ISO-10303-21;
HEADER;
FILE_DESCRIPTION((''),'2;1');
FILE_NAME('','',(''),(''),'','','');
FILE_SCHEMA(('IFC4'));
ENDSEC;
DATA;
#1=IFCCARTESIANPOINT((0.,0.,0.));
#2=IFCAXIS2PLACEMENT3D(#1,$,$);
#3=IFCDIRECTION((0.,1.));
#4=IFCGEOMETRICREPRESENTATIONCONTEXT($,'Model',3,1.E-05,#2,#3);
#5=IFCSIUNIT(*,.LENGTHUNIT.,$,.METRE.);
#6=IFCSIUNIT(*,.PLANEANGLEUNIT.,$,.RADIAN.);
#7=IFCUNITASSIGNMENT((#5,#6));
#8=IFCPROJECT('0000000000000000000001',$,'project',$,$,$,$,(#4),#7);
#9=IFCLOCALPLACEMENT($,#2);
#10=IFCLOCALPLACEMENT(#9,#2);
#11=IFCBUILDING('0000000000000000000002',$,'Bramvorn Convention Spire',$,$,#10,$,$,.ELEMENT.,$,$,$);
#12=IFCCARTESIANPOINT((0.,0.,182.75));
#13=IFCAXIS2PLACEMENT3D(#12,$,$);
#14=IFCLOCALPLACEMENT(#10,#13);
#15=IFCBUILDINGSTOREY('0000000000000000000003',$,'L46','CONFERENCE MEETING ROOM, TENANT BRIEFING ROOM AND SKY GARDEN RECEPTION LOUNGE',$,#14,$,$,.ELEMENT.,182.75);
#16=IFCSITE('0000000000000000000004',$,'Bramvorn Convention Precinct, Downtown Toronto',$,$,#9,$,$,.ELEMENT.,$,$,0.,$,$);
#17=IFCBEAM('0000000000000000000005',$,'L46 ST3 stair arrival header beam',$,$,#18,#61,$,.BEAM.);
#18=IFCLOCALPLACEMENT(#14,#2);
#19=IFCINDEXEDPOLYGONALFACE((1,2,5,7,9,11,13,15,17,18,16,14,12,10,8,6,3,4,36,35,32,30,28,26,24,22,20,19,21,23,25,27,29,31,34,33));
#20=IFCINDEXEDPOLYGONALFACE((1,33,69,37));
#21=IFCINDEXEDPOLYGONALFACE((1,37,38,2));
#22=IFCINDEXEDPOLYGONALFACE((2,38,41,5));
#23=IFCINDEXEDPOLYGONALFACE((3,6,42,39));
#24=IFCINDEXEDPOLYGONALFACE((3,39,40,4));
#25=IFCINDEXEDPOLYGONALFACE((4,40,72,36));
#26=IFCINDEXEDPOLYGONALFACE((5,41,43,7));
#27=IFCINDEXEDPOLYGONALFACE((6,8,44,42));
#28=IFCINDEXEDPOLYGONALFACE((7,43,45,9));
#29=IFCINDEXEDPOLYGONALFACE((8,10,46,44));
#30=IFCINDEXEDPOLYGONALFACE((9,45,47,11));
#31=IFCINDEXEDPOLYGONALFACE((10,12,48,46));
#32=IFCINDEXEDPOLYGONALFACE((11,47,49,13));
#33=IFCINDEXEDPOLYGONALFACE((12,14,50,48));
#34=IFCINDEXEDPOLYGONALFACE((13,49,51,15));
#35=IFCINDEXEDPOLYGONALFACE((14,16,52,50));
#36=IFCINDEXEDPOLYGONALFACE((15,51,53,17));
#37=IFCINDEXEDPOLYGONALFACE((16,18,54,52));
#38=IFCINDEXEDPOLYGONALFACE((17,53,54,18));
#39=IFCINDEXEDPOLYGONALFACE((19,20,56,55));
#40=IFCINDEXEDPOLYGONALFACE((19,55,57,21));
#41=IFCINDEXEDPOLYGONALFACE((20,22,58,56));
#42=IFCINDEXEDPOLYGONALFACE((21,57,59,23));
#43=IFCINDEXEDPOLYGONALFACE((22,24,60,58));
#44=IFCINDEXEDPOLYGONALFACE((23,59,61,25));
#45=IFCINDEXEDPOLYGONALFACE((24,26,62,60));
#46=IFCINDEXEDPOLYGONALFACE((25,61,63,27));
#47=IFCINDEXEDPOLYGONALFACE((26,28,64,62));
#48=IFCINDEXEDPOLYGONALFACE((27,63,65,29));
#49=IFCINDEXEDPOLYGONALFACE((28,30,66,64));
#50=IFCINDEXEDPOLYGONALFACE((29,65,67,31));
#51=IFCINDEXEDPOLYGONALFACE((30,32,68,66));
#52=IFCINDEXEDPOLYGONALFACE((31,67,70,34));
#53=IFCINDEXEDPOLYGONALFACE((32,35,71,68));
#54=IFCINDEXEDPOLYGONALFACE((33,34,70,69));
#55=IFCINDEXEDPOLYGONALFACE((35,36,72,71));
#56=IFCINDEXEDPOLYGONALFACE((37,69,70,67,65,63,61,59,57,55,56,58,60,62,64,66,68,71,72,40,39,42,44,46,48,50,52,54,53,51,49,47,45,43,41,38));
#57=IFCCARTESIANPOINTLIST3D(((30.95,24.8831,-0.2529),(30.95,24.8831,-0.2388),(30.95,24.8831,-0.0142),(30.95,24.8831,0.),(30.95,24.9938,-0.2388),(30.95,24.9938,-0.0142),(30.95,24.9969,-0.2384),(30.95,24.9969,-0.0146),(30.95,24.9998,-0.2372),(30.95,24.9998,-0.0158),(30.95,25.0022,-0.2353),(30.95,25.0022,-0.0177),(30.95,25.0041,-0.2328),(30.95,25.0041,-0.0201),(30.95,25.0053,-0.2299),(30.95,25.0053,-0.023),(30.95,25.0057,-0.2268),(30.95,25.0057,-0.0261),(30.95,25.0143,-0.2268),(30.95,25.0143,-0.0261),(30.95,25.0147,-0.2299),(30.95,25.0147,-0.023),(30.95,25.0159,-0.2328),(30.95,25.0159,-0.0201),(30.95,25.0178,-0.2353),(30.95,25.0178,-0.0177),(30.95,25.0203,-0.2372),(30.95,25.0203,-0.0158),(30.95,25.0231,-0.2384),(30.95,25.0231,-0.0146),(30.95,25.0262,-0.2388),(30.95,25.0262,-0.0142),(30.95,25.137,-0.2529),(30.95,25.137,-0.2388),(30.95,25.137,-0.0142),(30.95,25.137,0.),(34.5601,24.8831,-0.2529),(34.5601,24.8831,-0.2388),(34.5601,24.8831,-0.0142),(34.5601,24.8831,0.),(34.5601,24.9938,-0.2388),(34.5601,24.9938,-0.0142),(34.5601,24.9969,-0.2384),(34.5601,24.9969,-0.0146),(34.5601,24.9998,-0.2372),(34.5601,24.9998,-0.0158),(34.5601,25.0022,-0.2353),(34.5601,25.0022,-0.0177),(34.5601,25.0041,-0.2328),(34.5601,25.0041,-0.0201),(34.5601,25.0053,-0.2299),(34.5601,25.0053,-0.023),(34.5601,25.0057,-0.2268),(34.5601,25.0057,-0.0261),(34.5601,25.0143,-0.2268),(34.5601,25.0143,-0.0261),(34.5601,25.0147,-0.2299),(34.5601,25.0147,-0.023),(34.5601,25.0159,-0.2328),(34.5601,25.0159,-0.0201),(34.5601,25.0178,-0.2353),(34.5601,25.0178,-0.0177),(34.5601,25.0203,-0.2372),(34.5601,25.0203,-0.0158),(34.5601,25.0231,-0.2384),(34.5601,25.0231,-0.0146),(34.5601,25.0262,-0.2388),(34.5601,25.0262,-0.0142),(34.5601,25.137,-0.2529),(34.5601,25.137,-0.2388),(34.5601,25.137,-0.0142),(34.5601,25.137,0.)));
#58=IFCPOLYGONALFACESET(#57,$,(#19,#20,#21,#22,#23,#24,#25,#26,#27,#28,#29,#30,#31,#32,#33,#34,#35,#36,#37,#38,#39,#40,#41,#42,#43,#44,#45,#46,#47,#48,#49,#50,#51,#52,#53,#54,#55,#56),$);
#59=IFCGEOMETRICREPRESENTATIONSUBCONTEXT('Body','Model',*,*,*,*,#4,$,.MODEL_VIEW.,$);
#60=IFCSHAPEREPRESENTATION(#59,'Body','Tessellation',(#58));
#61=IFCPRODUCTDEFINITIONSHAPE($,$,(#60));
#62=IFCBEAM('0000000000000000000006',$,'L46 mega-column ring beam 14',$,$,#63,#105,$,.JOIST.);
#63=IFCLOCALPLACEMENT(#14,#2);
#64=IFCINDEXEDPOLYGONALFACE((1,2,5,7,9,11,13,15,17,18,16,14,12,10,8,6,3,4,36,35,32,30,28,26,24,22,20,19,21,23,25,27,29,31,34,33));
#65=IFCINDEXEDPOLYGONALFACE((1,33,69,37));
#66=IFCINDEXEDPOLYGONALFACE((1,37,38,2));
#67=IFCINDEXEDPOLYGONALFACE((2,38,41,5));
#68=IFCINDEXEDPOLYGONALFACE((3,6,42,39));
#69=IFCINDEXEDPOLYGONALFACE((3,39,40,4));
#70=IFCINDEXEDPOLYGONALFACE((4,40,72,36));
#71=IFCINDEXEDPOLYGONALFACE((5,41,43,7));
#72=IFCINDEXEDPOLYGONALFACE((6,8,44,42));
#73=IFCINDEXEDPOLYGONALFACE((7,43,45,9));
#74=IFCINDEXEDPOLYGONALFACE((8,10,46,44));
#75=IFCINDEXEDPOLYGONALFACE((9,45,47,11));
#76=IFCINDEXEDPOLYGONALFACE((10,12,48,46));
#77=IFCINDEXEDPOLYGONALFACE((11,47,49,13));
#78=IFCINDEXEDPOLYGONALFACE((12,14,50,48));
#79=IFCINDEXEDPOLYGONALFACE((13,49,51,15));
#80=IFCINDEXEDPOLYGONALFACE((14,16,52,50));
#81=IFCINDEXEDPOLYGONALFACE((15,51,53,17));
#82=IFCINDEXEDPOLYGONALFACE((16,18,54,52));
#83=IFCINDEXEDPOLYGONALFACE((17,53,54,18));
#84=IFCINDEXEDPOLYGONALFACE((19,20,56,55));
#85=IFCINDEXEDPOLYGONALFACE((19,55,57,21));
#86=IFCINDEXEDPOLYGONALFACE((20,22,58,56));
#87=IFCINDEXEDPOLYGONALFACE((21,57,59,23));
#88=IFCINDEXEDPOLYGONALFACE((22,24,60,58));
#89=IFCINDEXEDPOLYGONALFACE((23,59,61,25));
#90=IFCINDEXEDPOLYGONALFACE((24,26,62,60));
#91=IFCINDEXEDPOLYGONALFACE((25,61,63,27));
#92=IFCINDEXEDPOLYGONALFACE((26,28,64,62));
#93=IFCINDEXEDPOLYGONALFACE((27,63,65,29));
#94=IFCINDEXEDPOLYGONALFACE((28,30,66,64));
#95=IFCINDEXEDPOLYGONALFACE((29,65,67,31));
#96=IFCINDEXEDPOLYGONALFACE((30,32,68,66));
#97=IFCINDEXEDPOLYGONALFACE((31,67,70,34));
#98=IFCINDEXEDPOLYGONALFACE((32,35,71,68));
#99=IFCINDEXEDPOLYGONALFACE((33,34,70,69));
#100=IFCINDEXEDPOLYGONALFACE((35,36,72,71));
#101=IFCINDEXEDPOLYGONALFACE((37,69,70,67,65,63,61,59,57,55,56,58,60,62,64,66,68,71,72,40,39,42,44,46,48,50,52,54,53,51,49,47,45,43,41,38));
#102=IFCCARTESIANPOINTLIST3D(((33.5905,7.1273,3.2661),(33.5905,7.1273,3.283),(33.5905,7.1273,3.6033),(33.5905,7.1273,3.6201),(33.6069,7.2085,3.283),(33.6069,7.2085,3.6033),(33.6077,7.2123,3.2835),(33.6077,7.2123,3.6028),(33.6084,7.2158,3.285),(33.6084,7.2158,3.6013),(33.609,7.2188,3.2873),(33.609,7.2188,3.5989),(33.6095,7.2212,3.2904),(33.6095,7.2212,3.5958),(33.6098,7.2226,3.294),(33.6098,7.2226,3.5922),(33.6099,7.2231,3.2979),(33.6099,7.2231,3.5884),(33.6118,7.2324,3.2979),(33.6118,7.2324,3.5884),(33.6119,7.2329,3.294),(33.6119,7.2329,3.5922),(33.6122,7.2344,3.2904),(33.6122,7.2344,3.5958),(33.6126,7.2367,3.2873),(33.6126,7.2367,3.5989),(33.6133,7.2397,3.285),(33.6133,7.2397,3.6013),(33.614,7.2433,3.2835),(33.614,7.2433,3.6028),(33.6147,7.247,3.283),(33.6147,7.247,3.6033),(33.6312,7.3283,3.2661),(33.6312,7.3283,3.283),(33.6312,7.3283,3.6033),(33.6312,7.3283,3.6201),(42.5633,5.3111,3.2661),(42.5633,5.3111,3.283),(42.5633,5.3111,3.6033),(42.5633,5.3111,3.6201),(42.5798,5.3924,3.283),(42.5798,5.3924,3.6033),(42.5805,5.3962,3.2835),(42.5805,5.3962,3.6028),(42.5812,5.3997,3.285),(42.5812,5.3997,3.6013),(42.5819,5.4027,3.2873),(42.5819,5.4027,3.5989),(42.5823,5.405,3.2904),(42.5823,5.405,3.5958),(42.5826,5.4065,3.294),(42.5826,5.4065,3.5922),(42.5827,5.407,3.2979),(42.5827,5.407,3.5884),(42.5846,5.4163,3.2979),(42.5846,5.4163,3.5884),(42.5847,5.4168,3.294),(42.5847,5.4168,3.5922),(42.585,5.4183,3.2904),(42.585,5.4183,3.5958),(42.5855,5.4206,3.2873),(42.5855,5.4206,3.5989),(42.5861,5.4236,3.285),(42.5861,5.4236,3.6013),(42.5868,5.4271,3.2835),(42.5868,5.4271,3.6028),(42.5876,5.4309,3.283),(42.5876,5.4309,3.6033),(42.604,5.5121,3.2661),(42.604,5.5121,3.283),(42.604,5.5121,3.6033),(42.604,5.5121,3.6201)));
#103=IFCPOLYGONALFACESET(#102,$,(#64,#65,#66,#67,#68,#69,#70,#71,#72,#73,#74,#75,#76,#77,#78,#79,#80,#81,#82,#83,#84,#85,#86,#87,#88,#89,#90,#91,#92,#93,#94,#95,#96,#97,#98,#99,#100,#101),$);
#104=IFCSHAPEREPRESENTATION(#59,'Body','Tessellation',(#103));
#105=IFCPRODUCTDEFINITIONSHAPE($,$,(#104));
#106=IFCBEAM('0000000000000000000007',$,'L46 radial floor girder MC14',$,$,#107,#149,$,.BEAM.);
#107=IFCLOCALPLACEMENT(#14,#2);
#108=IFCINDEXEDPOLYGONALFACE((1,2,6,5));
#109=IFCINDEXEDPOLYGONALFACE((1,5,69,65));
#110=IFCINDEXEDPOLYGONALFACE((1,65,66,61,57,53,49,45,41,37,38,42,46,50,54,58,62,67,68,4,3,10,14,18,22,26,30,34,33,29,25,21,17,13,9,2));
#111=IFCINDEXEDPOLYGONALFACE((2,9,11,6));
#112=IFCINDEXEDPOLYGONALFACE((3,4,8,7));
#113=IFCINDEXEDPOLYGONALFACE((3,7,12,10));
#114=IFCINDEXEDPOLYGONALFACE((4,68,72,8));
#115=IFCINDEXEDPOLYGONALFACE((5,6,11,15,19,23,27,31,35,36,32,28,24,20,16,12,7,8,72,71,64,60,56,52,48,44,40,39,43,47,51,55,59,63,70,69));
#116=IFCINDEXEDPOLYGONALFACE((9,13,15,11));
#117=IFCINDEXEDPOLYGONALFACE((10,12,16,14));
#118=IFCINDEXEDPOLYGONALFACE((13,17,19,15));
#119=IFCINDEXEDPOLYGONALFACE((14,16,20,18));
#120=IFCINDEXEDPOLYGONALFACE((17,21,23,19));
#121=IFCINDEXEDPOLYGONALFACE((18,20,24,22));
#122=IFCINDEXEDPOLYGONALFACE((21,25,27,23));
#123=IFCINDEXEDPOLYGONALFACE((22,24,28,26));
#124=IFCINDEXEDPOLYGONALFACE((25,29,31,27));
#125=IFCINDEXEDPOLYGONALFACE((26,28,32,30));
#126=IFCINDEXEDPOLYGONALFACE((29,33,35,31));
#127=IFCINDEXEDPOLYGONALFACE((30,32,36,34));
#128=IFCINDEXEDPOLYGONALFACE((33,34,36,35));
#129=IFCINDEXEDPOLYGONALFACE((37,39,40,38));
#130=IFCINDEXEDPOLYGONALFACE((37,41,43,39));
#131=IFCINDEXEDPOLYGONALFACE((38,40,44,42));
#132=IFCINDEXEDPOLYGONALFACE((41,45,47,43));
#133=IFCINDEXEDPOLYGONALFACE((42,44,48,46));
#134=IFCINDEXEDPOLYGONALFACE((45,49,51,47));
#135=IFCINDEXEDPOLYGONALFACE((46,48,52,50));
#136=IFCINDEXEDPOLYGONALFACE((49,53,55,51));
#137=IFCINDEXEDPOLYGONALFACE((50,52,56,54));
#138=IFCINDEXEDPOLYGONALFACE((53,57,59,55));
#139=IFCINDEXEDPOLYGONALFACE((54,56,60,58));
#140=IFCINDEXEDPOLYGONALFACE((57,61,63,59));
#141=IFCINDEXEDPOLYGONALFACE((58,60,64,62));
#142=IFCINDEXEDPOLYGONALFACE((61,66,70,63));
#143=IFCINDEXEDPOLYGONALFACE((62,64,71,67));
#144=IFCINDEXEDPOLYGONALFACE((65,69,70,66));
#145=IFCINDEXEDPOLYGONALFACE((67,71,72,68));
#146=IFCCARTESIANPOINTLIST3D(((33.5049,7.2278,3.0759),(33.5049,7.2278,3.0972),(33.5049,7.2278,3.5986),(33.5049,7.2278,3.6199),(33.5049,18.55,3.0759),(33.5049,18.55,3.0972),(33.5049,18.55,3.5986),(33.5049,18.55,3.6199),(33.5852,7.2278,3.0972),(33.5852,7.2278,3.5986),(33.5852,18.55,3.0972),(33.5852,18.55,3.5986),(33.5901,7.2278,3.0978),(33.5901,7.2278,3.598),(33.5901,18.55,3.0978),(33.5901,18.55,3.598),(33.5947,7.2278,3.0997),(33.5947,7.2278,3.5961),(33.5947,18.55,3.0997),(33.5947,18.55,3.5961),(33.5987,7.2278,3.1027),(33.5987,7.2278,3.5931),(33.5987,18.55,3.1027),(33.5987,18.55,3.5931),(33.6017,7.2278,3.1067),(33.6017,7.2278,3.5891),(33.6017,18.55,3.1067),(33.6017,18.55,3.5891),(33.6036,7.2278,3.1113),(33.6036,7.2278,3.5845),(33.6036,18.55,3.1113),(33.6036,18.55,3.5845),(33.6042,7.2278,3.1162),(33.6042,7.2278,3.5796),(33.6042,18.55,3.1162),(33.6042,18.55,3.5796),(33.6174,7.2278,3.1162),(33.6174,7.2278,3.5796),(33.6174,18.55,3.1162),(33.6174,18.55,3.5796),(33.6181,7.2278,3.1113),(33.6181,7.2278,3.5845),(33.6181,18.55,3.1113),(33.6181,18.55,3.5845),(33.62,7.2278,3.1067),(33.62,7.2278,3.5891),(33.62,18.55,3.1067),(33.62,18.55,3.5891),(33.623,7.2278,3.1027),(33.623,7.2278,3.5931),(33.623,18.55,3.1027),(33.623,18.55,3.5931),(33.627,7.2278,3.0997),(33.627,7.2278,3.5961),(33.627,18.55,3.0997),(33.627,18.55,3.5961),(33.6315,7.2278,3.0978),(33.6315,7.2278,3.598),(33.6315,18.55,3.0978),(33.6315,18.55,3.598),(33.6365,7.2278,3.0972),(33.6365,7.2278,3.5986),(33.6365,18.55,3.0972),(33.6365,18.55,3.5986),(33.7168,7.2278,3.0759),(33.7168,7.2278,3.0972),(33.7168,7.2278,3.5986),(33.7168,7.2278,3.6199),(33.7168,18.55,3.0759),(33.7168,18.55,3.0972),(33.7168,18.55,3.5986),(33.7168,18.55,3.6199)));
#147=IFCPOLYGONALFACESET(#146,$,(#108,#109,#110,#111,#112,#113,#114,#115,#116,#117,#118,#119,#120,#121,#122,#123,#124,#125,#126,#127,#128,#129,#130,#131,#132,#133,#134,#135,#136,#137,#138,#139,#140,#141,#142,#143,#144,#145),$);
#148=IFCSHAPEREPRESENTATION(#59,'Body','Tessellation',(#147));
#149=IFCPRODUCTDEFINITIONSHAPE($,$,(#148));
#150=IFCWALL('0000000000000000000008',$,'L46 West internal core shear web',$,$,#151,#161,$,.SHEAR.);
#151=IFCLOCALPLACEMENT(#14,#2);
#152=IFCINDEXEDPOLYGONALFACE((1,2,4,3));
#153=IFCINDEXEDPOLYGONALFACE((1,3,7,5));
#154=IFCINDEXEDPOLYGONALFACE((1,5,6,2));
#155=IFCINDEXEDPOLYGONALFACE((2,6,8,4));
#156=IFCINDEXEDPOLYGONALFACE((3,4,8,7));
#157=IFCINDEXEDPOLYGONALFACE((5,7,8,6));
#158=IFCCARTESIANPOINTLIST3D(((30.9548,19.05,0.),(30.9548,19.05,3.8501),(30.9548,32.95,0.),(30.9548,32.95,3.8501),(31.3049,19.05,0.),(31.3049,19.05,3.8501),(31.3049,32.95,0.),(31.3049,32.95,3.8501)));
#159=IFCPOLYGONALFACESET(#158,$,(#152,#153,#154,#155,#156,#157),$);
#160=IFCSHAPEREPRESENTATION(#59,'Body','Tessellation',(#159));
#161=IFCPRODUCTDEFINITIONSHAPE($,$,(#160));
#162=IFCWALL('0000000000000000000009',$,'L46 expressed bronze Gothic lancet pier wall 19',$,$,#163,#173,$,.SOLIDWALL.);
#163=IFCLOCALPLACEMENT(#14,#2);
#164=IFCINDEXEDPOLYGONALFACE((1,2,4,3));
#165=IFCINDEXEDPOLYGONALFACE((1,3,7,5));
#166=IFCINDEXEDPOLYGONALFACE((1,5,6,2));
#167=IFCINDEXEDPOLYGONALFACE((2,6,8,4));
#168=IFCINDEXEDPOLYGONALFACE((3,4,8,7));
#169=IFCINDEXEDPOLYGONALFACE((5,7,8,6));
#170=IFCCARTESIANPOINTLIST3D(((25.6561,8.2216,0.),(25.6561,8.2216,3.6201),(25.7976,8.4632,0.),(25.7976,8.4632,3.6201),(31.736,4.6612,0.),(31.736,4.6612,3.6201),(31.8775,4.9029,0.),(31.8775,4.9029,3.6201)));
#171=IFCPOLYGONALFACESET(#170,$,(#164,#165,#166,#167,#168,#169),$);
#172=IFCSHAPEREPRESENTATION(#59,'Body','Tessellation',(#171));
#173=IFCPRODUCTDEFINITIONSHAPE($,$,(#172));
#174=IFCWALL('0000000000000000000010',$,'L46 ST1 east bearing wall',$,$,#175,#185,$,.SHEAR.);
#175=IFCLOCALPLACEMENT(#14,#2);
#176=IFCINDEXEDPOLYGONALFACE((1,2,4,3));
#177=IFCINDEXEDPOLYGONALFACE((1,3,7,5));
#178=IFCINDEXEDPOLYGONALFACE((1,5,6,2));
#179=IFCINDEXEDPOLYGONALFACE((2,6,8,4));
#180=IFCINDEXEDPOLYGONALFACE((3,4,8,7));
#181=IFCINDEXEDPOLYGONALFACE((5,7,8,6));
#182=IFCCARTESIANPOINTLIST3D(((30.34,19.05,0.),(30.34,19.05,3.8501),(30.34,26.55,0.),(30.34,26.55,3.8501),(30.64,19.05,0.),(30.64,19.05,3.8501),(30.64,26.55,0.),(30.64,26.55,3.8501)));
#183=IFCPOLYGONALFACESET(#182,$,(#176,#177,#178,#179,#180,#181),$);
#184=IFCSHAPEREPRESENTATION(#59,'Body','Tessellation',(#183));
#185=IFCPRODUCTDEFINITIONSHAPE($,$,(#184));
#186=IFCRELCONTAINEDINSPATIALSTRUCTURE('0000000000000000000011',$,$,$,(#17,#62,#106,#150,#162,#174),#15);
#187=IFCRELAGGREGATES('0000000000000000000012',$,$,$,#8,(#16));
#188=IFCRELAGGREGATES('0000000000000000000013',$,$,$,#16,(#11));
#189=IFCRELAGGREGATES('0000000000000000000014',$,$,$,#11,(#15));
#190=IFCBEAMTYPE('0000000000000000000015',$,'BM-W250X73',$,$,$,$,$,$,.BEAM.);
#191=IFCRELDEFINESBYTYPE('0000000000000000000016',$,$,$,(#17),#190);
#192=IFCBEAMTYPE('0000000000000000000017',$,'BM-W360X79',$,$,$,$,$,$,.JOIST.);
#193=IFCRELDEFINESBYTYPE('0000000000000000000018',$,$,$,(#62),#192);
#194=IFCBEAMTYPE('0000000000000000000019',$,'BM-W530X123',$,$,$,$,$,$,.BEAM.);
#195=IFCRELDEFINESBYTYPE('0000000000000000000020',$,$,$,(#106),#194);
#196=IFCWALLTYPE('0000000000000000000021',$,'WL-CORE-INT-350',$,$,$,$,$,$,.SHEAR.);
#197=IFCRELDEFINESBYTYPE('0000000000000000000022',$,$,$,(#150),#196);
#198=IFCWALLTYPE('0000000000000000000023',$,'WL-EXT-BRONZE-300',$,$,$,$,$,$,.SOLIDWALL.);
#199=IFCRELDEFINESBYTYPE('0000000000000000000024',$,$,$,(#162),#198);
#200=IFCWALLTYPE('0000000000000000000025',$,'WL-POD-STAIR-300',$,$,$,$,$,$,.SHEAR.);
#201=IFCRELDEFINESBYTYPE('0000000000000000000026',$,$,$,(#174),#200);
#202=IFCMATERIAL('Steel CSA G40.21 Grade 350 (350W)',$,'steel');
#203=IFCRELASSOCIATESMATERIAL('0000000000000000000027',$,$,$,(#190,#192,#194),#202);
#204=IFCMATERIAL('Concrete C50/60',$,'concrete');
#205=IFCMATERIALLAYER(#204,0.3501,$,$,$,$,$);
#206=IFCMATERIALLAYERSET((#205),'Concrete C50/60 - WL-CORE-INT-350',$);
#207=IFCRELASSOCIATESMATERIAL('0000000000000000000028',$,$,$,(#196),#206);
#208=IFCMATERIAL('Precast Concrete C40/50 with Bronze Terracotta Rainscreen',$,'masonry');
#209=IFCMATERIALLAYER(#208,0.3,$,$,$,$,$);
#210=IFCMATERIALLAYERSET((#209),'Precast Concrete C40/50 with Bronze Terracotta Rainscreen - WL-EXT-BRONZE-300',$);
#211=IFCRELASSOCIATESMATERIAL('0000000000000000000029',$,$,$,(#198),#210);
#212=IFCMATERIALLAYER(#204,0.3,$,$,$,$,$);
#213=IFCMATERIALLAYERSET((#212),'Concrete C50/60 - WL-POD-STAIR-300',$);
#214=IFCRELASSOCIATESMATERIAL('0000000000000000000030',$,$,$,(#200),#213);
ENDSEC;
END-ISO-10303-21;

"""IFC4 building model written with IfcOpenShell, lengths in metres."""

from ifc_helpers import new_model, si_unit, direction, frame, frame_2d, origin, origin_2d, place, context, subcontext, project, spatial, rectangle, i_section, extrude, material, layer, layer_set, material_profile, profile_set, type_object, element, save


model = new_model("IFC4")

# Units and contexts
model_context = context("Model", 3, precision=1e-05, world=origin(), true_north=direction((0.0, 1.0)))
body_context = subcontext(model_context, "Body", "Model", "MODEL_VIEW")
ifc_project = project(units=[si_unit("LENGTHUNIT", "METRE"), si_unit("PLANEANGLEUNIT", "RADIAN")], contexts=[model_context])

# Site, building, storey
site_placement = place(None, origin())
site = spatial("IfcSite", under=ifc_project, at=site_placement, Name="Bramvorn Convention Precinct, Downtown Toronto", CompositionType="ELEMENT", RefElevation=0.0)
building_placement = place(site_placement, origin())
building = spatial("IfcBuilding", under=site, at=building_placement, Name="Bramvorn Convention Spire", CompositionType="ELEMENT")
storey_placement = place(building_placement, frame((0.0, 0.0, 182.75)))
storey = spatial("IfcBuildingStorey", under=building, at=storey_placement, Name="L46", Description="CONFERENCE MEETING ROOM, TENANT BRIEFING ROOM AND SKY GARDEN RECEPTION LOUNGE", CompositionType="ELEMENT", Elevation=182.75)

# Shared definitions
ifc_material_1 = material(Name="Steel CSA G40.21 Grade 350 (350W)", Category="steel")

# Beams
ifc_material_profile_1 = material_profile(ifc_material_1, i_section(OverallWidth=0.2539, OverallDepth=0.2529, WebThickness=0.0085, FlangeThickness=0.0142, FilletRadius=0.012, at=origin_2d()))
ifc_profile_set_1 = profile_set([ifc_material_profile_1], Name="Steel CSA G40.21 Grade 350 (350W) - W250X73")
beam_type_1 = type_object("IfcBeamType", Name="BM-W250X73", PredefinedType="BEAM", material=ifc_profile_set_1)
beam_1_placement = place(storey_placement, frame((30.95, 25.01, -0.1265), z_axis=(1.0, 0.0, 0.0), x_axis=(0.0, 1.0, 0.0)))
element("IfcBeam", 1, at=beam_1_placement, inside=storey, type_object=beam_type_1, Name="L46 ST3 stair arrival header beam", PredefinedType="BEAM", context=body_context, shape_type="SweptSolid", body=[
    extrude(i_section(OverallWidth=0.2539, OverallDepth=0.2529, WebThickness=0.0085, FlangeThickness=0.0142, FilletRadius=0.012, at=origin_2d()), origin(), (0.0, 0.0, 1.0), 3.6101),
])
ifc_material_profile_2 = material_profile(ifc_material_1, i_section(OverallWidth=0.2051, OverallDepth=0.354, WebThickness=0.0095, FlangeThickness=0.0168, FilletRadius=0.0149, at=origin_2d()))
ifc_profile_set_2 = profile_set([ifc_material_profile_2], Name="Steel CSA G40.21 Grade 350 (350W) - W360X79")
beam_type_2 = type_object("IfcBeamType", Name="BM-W360X79", PredefinedType="JOIST", material=ifc_profile_set_2)
beam_2_placement = place(storey_placement, frame((33.6108, 7.2278, 3.4431), z_axis=(0.980125, -0.198382, 0.0), x_axis=(0.198382, 0.980125, 0.0)))
element("IfcBeam", 2, at=beam_2_placement, inside=storey, type_object=beam_type_2, Name="L46 mega-column ring beam 14", PredefinedType="JOIST", context=body_context, shape_type="SweptSolid", body=[
    extrude(i_section(OverallWidth=0.2051, OverallDepth=0.354, WebThickness=0.0095, FlangeThickness=0.0168, FilletRadius=0.0149, at=origin_2d()), origin(), (0.0, 0.0, 1.0), 9.1548),
])
ifc_material_profile_3 = material_profile(ifc_material_1, i_section(OverallWidth=0.2119, OverallDepth=0.5439, WebThickness=0.0132, FlangeThickness=0.0212, FilletRadius=0.019, at=origin_2d()))
ifc_profile_set_3 = profile_set([ifc_material_profile_3], Name="Steel CSA G40.21 Grade 350 (350W) - W530X123")
beam_type_3 = type_object("IfcBeamType", Name="BM-W530X123", PredefinedType="BEAM", material=ifc_profile_set_3)
beam_3_placement = place(storey_placement, frame((33.6108, 18.55, 3.3479), z_axis=(0.0, -1.0, 0.0), x_axis=(1.0, 0.0, 0.0)))
element("IfcBeam", 3, at=beam_3_placement, inside=storey, type_object=beam_type_3, Name="L46 radial floor girder MC14", PredefinedType="BEAM", context=body_context, shape_type="SweptSolid", body=[
    extrude(i_section(OverallWidth=0.2119, OverallDepth=0.5439, WebThickness=0.0132, FlangeThickness=0.0212, FilletRadius=0.019, at=origin_2d()), origin(), (0.0, 0.0, 1.0), 11.3223),
])

# Walls
ifc_material_2 = material(Name="Concrete C50/60", Category="concrete")
ifc_layer_1 = layer(ifc_material_2, 0.3501)
ifc_layer_set_1 = layer_set([ifc_layer_1], Name="Concrete C50/60 - WL-CORE-INT-350")
wall_type_1 = type_object("IfcWallType", Name="WL-CORE-INT-350", PredefinedType="SHEAR", material=ifc_layer_set_1)
wall_1_placement = place(storey_placement, frame((31.1299, 19.05, 0.0), z_axis=(0.0, 0.0, 1.0), x_axis=(0.0, 1.0, 0.0)))
element("IfcWall", 4, at=wall_1_placement, inside=storey, type_object=wall_type_1, Name="L46 West internal core shear web", PredefinedType="SHEAR", context=body_context, shape_type="SweptSolid", body=[
    extrude(rectangle(XDim=13.8999, YDim=0.3501, at=frame_2d((6.95, 0.0))), origin(), (0.0, 0.0, 1.0), 3.8501),
])
ifc_material_3 = material(Name="Precast Concrete C40/50 with Bronze Terracotta Rainscreen", Category="masonry")
ifc_layer_2 = layer(ifc_material_3, 0.3)
ifc_layer_set_2 = layer_set([ifc_layer_2], Name="Precast Concrete C40/50 with Bronze Terracotta Rainscreen - WL-EXT-BRONZE-300")
wall_type_2 = type_object("IfcWallType", Name="WL-EXT-BRONZE-300", PredefinedType="SOLIDWALL", material=ifc_layer_set_2)
wall_2_placement = place(storey_placement, frame((31.8069, 4.782, 0.0), z_axis=(0.0, 0.0, 1.0), x_axis=(-0.862929, 0.505325, 0.0)))
element("IfcWall", 5, at=wall_2_placement, inside=storey, type_object=wall_type_2, Name="L46 expressed bronze Gothic lancet pier wall 19", PredefinedType="SOLIDWALL", context=body_context, shape_type="SweptSolid", body=[
    extrude(rectangle(XDim=7.0457, YDim=0.28, at=frame_2d((3.5229, 0.0))), origin(), (0.0, 0.0, 1.0), 3.6201),
])
ifc_layer_3 = layer(ifc_material_2, 0.3)
ifc_layer_set_3 = layer_set([ifc_layer_3], Name="Concrete C50/60 - WL-POD-STAIR-300")
wall_type_3 = type_object("IfcWallType", Name="WL-POD-STAIR-300", PredefinedType="SHEAR", material=ifc_layer_set_3)
for number, where, z_axis, x_axis, name in (
    (6, (30.49, 19.05, 0.0), (0.0, 0.0, 1.0), (0.0, 1.0, 0.0), "L46 ST1 east bearing wall"),
):
    element("IfcWall", number, at=place(storey_placement, frame(where, z_axis=z_axis, x_axis=x_axis)), inside=storey, type_object=wall_type_3, Name=name, PredefinedType="SHEAR", context=body_context, shape_type="SweptSolid", body=[
        extrude(rectangle(XDim=7.5, YDim=0.3, at=frame_2d((3.75, 0.0))), origin(), (0.0, 0.0, 1.0), 3.8501),
    ])

save(model, "model.ifc")
